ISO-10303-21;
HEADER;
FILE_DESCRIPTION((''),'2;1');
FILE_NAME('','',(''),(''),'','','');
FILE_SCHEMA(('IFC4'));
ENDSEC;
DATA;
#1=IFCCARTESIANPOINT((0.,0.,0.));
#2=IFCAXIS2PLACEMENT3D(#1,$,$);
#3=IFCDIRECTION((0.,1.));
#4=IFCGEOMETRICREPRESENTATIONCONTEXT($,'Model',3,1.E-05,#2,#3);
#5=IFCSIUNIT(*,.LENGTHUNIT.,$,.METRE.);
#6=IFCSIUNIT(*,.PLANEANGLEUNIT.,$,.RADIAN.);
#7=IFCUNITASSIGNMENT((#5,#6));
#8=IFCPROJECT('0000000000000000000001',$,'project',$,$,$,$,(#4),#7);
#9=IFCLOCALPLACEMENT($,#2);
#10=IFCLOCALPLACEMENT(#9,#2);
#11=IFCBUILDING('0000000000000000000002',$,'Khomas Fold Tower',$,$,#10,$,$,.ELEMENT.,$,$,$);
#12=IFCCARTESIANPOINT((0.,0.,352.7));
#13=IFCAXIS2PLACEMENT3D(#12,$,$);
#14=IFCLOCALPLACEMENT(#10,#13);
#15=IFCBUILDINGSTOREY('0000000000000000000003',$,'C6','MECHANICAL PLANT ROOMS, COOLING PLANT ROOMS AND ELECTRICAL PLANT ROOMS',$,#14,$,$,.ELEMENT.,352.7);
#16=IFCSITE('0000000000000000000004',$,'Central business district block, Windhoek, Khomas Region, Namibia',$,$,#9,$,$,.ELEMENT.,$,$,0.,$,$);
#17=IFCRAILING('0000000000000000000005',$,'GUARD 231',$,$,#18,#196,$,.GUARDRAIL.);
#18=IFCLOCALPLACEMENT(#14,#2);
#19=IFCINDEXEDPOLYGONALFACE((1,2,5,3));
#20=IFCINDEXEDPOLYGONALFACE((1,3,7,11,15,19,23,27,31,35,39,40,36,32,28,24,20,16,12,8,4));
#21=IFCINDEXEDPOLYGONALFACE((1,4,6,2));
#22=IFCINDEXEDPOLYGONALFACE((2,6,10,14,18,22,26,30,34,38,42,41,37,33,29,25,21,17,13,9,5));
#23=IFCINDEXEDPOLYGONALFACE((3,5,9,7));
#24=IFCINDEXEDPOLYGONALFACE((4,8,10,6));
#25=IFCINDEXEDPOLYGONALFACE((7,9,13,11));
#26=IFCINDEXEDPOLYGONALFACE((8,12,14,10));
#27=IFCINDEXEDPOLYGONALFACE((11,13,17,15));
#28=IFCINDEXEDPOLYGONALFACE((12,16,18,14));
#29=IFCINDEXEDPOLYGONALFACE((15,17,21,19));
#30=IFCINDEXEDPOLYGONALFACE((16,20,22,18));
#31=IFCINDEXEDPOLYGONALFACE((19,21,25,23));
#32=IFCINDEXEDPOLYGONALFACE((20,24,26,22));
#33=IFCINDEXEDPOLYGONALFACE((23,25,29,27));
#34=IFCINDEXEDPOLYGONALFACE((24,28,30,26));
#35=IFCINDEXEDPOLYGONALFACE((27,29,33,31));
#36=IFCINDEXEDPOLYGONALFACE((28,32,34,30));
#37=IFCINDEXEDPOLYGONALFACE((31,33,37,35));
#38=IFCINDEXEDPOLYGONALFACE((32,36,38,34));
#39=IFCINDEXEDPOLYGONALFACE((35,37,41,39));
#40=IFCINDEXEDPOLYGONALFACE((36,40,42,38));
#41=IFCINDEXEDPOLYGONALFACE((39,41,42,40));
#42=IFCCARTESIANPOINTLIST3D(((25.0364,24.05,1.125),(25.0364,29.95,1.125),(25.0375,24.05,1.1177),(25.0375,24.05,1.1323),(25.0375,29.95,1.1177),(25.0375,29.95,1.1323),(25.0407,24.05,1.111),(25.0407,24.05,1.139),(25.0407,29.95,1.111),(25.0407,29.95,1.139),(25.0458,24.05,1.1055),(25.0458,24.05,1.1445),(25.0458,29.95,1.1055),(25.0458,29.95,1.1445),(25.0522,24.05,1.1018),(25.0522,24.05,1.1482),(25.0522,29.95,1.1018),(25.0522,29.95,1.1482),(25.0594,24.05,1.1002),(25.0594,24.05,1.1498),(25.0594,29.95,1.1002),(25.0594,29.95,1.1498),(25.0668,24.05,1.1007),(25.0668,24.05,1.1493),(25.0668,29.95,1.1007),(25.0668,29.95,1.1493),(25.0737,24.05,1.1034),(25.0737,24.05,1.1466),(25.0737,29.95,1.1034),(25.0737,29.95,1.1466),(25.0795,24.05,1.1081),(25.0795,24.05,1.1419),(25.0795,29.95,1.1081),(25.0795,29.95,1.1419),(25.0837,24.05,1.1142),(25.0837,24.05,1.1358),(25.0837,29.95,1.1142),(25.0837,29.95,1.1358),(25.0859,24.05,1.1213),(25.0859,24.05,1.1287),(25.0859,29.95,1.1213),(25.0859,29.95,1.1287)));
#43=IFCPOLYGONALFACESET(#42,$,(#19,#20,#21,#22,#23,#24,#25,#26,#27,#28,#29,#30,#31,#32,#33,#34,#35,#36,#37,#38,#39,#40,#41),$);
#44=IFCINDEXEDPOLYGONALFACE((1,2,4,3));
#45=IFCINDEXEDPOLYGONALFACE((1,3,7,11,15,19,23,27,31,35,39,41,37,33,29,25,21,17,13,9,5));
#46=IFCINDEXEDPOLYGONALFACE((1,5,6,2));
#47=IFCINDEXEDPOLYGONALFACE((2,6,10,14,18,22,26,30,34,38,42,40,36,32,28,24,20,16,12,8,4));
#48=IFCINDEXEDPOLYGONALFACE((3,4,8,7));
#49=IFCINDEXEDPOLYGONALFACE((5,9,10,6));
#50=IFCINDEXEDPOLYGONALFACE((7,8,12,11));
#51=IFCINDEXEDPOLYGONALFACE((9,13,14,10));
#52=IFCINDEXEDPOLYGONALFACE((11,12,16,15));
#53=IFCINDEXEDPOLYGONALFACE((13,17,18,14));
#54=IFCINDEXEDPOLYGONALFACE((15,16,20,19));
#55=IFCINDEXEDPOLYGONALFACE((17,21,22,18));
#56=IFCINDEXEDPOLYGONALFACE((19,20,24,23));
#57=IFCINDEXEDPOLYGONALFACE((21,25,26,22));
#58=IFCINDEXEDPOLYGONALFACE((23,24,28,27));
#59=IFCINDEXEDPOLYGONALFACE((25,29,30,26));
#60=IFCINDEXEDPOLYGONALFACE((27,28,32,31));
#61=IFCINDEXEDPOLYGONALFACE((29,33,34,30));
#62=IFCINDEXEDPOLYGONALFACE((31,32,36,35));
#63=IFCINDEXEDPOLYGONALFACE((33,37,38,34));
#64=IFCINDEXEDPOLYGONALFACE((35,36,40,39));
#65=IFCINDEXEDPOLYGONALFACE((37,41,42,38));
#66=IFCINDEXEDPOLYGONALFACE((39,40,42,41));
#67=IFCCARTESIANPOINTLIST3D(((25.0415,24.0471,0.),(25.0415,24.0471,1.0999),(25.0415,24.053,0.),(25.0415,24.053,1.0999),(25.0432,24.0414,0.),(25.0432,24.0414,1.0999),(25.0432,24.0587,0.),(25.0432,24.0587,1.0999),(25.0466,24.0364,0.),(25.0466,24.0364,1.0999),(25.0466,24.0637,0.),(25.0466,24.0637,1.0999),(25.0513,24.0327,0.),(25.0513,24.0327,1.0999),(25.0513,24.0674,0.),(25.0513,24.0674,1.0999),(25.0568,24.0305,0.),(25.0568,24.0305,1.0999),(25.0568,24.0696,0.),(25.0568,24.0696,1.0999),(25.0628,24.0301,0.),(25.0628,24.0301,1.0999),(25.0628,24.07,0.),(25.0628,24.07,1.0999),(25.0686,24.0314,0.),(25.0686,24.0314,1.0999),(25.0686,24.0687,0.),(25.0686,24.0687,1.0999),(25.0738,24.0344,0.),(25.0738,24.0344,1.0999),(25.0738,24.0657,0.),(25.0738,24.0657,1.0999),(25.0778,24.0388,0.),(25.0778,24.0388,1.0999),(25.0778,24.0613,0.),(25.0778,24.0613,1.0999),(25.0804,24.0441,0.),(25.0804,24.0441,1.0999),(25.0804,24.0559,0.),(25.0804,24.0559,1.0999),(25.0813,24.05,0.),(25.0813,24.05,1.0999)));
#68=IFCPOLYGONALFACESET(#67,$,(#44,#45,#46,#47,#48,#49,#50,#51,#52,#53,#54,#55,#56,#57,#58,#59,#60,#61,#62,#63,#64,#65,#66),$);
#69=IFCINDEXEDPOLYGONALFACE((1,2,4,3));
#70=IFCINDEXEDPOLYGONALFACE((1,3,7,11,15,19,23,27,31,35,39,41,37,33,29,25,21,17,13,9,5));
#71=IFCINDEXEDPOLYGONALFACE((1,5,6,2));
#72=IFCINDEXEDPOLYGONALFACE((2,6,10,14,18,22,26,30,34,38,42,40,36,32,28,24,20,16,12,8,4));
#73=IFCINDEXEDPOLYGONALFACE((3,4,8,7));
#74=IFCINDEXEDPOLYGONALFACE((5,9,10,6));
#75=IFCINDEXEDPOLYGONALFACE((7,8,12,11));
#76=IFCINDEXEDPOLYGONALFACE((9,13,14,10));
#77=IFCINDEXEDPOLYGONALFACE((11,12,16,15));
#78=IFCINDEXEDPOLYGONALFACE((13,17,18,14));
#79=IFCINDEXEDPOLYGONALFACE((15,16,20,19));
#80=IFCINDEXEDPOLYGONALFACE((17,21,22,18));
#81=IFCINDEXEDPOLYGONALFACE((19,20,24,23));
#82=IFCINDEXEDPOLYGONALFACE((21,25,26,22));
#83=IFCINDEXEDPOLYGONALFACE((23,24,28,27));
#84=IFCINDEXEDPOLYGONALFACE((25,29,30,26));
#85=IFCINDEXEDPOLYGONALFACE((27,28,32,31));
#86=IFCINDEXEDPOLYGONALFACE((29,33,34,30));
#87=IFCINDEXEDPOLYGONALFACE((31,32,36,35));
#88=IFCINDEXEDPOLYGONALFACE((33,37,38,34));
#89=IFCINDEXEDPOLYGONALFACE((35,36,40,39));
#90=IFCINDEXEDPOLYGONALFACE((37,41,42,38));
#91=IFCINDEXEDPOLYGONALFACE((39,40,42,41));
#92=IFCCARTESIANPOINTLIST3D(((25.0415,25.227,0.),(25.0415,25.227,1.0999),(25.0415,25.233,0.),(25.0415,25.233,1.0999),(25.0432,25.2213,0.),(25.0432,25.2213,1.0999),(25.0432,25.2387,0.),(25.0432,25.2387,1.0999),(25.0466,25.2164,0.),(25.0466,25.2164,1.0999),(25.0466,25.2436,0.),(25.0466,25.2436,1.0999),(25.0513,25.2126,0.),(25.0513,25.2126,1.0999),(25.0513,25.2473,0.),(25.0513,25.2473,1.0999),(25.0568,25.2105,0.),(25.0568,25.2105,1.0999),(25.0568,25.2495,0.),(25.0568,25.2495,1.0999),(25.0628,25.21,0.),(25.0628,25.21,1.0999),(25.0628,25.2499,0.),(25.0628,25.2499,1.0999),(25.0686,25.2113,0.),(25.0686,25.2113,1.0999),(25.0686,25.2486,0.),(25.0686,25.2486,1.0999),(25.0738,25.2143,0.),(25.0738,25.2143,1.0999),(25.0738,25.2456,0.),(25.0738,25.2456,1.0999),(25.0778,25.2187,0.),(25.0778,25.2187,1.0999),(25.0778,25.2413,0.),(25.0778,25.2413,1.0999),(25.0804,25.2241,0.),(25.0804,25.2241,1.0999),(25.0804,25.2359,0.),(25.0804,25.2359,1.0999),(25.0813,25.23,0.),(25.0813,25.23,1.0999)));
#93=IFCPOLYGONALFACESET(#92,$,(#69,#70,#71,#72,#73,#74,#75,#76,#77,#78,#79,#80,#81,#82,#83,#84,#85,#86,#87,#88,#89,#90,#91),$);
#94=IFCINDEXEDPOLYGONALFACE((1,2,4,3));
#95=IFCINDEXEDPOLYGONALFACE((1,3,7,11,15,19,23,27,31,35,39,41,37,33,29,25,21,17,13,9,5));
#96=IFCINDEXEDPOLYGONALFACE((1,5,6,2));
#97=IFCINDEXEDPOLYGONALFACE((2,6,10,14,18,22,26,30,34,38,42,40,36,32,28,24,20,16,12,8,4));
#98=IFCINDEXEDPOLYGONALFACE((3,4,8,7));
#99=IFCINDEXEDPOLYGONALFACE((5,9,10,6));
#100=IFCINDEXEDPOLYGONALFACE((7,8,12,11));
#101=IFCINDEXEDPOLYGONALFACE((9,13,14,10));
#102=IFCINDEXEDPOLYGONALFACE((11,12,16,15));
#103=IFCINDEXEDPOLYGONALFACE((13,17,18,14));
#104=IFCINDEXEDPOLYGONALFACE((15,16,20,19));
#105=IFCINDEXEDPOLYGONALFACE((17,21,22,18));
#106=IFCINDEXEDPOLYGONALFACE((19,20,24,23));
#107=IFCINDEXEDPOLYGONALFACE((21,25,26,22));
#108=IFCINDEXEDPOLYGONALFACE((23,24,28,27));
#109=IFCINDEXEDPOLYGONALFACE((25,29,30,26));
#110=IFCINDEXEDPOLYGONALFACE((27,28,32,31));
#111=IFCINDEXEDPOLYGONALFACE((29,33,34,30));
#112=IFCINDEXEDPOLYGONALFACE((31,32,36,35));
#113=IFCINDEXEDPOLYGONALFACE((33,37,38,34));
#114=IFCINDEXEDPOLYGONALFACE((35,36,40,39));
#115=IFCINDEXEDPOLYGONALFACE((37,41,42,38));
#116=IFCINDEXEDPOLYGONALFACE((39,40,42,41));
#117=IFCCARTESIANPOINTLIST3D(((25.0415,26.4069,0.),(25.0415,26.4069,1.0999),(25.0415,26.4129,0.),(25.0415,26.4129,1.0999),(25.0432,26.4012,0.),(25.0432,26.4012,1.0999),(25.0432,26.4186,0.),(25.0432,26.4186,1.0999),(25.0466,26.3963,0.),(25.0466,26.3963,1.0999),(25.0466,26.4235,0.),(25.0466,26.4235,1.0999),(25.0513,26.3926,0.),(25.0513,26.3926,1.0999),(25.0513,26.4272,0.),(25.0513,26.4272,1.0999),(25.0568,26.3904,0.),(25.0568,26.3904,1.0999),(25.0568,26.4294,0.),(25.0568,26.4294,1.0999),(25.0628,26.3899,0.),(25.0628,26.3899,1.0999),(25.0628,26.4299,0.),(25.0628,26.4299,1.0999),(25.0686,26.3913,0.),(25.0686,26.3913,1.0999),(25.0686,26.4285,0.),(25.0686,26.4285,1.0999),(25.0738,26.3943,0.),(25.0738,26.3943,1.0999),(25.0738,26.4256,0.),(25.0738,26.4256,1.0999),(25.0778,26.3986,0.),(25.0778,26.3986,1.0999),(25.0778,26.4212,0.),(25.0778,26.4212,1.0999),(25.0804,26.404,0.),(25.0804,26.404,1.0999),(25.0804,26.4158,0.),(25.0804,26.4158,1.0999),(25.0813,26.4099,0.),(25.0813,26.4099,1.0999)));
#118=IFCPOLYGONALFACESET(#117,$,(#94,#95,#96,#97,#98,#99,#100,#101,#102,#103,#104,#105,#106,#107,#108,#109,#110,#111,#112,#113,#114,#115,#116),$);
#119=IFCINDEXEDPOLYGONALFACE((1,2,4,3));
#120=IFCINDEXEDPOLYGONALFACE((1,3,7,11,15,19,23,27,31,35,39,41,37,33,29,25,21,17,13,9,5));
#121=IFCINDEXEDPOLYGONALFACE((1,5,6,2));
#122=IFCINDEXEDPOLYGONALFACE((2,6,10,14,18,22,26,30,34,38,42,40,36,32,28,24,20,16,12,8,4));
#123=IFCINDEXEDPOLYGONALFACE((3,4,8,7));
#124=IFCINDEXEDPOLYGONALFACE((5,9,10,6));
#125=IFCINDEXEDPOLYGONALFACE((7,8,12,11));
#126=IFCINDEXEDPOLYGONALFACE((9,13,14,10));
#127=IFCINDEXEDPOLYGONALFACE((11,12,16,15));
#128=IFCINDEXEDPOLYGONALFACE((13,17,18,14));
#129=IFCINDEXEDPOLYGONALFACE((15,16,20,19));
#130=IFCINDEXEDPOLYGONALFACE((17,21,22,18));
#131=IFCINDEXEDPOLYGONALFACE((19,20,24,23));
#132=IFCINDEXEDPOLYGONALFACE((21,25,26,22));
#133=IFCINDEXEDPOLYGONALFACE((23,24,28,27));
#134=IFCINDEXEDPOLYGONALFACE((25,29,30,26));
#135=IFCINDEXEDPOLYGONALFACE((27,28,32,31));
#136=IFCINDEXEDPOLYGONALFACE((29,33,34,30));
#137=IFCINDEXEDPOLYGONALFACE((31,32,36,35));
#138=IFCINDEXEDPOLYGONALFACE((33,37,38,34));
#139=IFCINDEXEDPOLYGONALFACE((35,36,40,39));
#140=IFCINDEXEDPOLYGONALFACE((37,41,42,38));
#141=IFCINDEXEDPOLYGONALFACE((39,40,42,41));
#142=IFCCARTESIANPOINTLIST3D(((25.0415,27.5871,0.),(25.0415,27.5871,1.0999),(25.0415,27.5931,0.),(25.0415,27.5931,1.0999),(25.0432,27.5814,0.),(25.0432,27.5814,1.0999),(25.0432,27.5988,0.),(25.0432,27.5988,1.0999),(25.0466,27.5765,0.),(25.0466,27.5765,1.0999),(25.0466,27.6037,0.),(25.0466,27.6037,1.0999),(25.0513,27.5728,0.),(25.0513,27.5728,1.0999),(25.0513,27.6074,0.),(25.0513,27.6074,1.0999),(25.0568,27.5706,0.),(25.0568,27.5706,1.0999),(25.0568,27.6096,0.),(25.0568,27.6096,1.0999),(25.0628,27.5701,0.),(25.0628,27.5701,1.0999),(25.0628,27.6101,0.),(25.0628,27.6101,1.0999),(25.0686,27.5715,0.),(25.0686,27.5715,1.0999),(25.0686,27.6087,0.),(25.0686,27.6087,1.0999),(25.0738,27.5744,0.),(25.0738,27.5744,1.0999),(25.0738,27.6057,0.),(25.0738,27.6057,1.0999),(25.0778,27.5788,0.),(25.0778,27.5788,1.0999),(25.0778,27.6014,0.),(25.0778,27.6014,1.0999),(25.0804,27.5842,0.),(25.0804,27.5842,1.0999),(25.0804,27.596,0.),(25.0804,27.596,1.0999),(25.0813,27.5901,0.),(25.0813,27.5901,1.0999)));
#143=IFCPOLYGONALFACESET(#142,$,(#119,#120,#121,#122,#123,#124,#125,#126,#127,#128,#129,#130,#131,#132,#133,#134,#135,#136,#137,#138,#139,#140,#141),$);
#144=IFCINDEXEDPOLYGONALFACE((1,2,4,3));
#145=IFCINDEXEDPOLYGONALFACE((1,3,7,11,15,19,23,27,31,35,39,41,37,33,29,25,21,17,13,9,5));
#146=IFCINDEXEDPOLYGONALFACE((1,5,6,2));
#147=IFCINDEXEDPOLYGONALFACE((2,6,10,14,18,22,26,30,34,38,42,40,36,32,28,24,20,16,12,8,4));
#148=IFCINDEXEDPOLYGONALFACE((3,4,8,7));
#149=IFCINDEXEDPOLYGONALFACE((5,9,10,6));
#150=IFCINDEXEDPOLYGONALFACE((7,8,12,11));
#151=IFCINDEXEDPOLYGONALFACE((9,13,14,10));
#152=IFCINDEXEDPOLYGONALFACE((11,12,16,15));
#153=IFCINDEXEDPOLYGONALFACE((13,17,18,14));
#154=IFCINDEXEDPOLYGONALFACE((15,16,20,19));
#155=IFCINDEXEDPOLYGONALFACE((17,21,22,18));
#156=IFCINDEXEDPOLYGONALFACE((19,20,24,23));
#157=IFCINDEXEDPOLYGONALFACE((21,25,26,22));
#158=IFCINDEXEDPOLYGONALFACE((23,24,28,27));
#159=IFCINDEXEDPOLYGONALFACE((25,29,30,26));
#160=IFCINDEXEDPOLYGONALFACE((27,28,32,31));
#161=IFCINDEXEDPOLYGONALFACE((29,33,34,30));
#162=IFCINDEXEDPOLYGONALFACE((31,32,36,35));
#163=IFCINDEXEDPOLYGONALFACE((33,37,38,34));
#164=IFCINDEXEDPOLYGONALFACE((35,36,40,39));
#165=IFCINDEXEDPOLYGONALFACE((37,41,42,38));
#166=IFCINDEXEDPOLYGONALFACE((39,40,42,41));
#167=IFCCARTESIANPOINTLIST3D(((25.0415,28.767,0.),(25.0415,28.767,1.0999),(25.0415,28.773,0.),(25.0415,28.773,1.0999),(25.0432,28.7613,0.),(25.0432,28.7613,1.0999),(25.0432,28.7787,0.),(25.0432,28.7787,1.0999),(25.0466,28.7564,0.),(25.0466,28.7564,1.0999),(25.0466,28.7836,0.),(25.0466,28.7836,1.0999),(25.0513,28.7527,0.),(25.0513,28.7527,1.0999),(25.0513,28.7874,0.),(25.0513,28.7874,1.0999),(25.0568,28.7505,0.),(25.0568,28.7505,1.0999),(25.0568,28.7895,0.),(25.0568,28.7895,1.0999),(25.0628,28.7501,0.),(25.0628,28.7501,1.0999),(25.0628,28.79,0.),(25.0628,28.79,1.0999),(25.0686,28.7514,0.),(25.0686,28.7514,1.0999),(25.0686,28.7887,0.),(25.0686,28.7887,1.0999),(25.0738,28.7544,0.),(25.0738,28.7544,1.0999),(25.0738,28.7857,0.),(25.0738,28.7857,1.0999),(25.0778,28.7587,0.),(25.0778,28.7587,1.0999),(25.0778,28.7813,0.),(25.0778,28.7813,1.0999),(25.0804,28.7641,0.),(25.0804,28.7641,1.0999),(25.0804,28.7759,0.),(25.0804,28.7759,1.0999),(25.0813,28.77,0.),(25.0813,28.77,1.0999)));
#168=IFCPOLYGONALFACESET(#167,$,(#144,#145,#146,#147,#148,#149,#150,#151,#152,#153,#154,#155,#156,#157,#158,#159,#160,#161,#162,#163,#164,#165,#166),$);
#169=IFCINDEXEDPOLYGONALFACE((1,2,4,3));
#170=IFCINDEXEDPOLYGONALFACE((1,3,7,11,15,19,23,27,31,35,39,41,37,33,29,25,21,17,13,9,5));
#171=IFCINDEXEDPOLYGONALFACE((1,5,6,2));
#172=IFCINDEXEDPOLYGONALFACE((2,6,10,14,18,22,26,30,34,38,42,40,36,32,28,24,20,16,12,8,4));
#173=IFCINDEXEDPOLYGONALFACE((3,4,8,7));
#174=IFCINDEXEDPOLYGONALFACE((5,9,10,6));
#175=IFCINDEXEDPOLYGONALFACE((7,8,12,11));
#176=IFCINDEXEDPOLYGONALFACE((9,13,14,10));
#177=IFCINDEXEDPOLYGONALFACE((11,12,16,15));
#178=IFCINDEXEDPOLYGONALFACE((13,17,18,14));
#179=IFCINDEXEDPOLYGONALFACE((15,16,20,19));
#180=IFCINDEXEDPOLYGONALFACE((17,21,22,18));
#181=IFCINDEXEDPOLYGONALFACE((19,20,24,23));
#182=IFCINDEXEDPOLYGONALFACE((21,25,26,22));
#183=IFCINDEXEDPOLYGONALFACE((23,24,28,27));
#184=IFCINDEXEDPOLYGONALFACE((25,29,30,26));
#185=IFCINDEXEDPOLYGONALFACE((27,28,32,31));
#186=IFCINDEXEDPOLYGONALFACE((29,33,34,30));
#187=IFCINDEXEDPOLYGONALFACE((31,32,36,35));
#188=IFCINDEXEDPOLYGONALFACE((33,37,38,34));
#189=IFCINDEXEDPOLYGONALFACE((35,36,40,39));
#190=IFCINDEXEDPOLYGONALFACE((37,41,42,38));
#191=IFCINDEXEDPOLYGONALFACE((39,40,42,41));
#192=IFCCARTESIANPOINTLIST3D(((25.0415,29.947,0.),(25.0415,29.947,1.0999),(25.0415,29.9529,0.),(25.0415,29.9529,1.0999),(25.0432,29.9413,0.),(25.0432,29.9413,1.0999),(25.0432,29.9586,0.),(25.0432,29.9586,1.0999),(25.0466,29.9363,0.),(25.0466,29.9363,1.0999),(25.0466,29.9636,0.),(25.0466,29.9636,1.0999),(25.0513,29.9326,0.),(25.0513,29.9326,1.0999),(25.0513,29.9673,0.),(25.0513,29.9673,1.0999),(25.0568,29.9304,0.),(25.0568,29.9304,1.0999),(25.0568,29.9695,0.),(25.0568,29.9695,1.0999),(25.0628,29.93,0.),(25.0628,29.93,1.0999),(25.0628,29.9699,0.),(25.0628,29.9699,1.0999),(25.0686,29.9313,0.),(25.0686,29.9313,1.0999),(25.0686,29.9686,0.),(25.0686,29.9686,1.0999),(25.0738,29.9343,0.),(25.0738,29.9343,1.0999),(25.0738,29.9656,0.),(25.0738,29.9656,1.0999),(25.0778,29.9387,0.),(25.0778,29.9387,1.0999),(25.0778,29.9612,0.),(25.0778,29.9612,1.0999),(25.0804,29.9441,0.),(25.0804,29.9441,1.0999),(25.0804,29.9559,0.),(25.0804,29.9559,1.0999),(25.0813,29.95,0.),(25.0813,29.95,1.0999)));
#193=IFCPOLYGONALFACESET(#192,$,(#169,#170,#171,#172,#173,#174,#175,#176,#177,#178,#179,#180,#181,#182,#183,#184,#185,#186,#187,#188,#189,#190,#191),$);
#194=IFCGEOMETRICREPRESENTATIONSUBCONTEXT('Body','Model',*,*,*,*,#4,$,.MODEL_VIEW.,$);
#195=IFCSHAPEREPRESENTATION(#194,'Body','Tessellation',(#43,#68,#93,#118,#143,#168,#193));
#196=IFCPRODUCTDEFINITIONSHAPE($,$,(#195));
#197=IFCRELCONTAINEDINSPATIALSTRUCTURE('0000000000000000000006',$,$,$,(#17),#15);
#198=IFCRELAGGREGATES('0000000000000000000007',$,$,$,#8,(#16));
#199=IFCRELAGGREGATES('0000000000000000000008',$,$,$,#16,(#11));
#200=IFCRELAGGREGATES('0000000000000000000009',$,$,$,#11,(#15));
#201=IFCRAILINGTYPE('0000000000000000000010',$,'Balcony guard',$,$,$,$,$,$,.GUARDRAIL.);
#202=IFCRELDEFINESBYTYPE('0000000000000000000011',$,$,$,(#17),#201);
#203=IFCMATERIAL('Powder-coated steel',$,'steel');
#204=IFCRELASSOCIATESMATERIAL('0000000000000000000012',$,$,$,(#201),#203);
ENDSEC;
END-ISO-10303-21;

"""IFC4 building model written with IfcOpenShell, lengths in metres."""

from ifc_helpers import new_model, si_unit, direction, frame, origin, origin_2d, place, context, subcontext, project, spatial, circle, extrude, source, transform, mapped, material, type_object, element, save


model = new_model("IFC4")

# Units and contexts
model_context = context("Model", 3, precision=1e-05, world=origin(), true_north=direction((0.0, 1.0)))
body_context = subcontext(model_context, "Body", "Model", "MODEL_VIEW")
ifc_project = project(units=[si_unit("LENGTHUNIT", "METRE"), si_unit("PLANEANGLEUNIT", "RADIAN")], contexts=[model_context])

# Site, building, storey
site_placement = place(None, origin())
site = spatial("IfcSite", under=ifc_project, at=site_placement, Name="Central business district block, Windhoek, Khomas Region, Namibia", CompositionType="ELEMENT", RefElevation=0.0)
building_placement = place(site_placement, origin())
building = spatial("IfcBuilding", under=site, at=building_placement, Name="Khomas Fold Tower", CompositionType="ELEMENT")
storey_placement = place(building_placement, frame((0.0, 0.0, 352.7)))
storey = spatial("IfcBuildingStorey", under=building, at=storey_placement, Name="C6", Description="MECHANICAL PLANT ROOMS, COOLING PLANT ROOMS AND ELECTRICAL PLANT ROOMS", CompositionType="ELEMENT", Elevation=352.7)

# Railing
ifc_material_1 = material(Name="Powder-coated steel", Category="steel")
railing_type = type_object("IfcRailingType", Name="Balcony guard", PredefinedType="GUARDRAIL", material=ifc_material_1)
shared_shape_1 = source(origin(), body_context, "Body", "SweptSolid", [
    extrude(circle(Radius=0.0249, at=origin_2d()), frame((0.0, 0.0, 1.125), z_axis=(0.0, 1.0, 0.0), x_axis=(-1.0, 0.0, 0.0)), (0.0, 0.0, 1.0), 5.8999),
    extrude(circle(Radius=0.02, at=origin_2d()), origin(), (0.0, 0.0, 1.0), 1.0999),
    extrude(circle(Radius=0.02, at=origin_2d()), frame((0.0, 1.1799, 0.0)), (0.0, 0.0, 1.0), 1.0999),
    extrude(circle(Radius=0.02, at=origin_2d()), frame((0.0, 2.3599, 0.0)), (0.0, 0.0, 1.0), 1.0999),
    extrude(circle(Radius=0.02, at=origin_2d()), frame((0.0, 3.54, 0.0)), (0.0, 0.0, 1.0), 1.0999),
    extrude(circle(Radius=0.02, at=origin_2d()), frame((0.0, 4.72, 0.0)), (0.0, 0.0, 1.0), 1.0999),
    extrude(circle(Radius=0.02, at=origin_2d()), frame((0.0, 5.8999, 0.0)), (0.0, 0.0, 1.0), 1.0999),
])
for number, where, name in (
    (1, (25.0613, 24.05, 0.0), "GUARD 231"),
):
    element("IfcRailing", number, at=place(storey_placement, frame(where)), inside=storey, type_object=railing_type, Name=name, PredefinedType="GUARDRAIL", context=body_context, shape_type="MappedRepresentation", body=[
        mapped(shared_shape_1, transform((0.0, 0.0, 0.0))),
    ])

save(model, "model.ifc")
